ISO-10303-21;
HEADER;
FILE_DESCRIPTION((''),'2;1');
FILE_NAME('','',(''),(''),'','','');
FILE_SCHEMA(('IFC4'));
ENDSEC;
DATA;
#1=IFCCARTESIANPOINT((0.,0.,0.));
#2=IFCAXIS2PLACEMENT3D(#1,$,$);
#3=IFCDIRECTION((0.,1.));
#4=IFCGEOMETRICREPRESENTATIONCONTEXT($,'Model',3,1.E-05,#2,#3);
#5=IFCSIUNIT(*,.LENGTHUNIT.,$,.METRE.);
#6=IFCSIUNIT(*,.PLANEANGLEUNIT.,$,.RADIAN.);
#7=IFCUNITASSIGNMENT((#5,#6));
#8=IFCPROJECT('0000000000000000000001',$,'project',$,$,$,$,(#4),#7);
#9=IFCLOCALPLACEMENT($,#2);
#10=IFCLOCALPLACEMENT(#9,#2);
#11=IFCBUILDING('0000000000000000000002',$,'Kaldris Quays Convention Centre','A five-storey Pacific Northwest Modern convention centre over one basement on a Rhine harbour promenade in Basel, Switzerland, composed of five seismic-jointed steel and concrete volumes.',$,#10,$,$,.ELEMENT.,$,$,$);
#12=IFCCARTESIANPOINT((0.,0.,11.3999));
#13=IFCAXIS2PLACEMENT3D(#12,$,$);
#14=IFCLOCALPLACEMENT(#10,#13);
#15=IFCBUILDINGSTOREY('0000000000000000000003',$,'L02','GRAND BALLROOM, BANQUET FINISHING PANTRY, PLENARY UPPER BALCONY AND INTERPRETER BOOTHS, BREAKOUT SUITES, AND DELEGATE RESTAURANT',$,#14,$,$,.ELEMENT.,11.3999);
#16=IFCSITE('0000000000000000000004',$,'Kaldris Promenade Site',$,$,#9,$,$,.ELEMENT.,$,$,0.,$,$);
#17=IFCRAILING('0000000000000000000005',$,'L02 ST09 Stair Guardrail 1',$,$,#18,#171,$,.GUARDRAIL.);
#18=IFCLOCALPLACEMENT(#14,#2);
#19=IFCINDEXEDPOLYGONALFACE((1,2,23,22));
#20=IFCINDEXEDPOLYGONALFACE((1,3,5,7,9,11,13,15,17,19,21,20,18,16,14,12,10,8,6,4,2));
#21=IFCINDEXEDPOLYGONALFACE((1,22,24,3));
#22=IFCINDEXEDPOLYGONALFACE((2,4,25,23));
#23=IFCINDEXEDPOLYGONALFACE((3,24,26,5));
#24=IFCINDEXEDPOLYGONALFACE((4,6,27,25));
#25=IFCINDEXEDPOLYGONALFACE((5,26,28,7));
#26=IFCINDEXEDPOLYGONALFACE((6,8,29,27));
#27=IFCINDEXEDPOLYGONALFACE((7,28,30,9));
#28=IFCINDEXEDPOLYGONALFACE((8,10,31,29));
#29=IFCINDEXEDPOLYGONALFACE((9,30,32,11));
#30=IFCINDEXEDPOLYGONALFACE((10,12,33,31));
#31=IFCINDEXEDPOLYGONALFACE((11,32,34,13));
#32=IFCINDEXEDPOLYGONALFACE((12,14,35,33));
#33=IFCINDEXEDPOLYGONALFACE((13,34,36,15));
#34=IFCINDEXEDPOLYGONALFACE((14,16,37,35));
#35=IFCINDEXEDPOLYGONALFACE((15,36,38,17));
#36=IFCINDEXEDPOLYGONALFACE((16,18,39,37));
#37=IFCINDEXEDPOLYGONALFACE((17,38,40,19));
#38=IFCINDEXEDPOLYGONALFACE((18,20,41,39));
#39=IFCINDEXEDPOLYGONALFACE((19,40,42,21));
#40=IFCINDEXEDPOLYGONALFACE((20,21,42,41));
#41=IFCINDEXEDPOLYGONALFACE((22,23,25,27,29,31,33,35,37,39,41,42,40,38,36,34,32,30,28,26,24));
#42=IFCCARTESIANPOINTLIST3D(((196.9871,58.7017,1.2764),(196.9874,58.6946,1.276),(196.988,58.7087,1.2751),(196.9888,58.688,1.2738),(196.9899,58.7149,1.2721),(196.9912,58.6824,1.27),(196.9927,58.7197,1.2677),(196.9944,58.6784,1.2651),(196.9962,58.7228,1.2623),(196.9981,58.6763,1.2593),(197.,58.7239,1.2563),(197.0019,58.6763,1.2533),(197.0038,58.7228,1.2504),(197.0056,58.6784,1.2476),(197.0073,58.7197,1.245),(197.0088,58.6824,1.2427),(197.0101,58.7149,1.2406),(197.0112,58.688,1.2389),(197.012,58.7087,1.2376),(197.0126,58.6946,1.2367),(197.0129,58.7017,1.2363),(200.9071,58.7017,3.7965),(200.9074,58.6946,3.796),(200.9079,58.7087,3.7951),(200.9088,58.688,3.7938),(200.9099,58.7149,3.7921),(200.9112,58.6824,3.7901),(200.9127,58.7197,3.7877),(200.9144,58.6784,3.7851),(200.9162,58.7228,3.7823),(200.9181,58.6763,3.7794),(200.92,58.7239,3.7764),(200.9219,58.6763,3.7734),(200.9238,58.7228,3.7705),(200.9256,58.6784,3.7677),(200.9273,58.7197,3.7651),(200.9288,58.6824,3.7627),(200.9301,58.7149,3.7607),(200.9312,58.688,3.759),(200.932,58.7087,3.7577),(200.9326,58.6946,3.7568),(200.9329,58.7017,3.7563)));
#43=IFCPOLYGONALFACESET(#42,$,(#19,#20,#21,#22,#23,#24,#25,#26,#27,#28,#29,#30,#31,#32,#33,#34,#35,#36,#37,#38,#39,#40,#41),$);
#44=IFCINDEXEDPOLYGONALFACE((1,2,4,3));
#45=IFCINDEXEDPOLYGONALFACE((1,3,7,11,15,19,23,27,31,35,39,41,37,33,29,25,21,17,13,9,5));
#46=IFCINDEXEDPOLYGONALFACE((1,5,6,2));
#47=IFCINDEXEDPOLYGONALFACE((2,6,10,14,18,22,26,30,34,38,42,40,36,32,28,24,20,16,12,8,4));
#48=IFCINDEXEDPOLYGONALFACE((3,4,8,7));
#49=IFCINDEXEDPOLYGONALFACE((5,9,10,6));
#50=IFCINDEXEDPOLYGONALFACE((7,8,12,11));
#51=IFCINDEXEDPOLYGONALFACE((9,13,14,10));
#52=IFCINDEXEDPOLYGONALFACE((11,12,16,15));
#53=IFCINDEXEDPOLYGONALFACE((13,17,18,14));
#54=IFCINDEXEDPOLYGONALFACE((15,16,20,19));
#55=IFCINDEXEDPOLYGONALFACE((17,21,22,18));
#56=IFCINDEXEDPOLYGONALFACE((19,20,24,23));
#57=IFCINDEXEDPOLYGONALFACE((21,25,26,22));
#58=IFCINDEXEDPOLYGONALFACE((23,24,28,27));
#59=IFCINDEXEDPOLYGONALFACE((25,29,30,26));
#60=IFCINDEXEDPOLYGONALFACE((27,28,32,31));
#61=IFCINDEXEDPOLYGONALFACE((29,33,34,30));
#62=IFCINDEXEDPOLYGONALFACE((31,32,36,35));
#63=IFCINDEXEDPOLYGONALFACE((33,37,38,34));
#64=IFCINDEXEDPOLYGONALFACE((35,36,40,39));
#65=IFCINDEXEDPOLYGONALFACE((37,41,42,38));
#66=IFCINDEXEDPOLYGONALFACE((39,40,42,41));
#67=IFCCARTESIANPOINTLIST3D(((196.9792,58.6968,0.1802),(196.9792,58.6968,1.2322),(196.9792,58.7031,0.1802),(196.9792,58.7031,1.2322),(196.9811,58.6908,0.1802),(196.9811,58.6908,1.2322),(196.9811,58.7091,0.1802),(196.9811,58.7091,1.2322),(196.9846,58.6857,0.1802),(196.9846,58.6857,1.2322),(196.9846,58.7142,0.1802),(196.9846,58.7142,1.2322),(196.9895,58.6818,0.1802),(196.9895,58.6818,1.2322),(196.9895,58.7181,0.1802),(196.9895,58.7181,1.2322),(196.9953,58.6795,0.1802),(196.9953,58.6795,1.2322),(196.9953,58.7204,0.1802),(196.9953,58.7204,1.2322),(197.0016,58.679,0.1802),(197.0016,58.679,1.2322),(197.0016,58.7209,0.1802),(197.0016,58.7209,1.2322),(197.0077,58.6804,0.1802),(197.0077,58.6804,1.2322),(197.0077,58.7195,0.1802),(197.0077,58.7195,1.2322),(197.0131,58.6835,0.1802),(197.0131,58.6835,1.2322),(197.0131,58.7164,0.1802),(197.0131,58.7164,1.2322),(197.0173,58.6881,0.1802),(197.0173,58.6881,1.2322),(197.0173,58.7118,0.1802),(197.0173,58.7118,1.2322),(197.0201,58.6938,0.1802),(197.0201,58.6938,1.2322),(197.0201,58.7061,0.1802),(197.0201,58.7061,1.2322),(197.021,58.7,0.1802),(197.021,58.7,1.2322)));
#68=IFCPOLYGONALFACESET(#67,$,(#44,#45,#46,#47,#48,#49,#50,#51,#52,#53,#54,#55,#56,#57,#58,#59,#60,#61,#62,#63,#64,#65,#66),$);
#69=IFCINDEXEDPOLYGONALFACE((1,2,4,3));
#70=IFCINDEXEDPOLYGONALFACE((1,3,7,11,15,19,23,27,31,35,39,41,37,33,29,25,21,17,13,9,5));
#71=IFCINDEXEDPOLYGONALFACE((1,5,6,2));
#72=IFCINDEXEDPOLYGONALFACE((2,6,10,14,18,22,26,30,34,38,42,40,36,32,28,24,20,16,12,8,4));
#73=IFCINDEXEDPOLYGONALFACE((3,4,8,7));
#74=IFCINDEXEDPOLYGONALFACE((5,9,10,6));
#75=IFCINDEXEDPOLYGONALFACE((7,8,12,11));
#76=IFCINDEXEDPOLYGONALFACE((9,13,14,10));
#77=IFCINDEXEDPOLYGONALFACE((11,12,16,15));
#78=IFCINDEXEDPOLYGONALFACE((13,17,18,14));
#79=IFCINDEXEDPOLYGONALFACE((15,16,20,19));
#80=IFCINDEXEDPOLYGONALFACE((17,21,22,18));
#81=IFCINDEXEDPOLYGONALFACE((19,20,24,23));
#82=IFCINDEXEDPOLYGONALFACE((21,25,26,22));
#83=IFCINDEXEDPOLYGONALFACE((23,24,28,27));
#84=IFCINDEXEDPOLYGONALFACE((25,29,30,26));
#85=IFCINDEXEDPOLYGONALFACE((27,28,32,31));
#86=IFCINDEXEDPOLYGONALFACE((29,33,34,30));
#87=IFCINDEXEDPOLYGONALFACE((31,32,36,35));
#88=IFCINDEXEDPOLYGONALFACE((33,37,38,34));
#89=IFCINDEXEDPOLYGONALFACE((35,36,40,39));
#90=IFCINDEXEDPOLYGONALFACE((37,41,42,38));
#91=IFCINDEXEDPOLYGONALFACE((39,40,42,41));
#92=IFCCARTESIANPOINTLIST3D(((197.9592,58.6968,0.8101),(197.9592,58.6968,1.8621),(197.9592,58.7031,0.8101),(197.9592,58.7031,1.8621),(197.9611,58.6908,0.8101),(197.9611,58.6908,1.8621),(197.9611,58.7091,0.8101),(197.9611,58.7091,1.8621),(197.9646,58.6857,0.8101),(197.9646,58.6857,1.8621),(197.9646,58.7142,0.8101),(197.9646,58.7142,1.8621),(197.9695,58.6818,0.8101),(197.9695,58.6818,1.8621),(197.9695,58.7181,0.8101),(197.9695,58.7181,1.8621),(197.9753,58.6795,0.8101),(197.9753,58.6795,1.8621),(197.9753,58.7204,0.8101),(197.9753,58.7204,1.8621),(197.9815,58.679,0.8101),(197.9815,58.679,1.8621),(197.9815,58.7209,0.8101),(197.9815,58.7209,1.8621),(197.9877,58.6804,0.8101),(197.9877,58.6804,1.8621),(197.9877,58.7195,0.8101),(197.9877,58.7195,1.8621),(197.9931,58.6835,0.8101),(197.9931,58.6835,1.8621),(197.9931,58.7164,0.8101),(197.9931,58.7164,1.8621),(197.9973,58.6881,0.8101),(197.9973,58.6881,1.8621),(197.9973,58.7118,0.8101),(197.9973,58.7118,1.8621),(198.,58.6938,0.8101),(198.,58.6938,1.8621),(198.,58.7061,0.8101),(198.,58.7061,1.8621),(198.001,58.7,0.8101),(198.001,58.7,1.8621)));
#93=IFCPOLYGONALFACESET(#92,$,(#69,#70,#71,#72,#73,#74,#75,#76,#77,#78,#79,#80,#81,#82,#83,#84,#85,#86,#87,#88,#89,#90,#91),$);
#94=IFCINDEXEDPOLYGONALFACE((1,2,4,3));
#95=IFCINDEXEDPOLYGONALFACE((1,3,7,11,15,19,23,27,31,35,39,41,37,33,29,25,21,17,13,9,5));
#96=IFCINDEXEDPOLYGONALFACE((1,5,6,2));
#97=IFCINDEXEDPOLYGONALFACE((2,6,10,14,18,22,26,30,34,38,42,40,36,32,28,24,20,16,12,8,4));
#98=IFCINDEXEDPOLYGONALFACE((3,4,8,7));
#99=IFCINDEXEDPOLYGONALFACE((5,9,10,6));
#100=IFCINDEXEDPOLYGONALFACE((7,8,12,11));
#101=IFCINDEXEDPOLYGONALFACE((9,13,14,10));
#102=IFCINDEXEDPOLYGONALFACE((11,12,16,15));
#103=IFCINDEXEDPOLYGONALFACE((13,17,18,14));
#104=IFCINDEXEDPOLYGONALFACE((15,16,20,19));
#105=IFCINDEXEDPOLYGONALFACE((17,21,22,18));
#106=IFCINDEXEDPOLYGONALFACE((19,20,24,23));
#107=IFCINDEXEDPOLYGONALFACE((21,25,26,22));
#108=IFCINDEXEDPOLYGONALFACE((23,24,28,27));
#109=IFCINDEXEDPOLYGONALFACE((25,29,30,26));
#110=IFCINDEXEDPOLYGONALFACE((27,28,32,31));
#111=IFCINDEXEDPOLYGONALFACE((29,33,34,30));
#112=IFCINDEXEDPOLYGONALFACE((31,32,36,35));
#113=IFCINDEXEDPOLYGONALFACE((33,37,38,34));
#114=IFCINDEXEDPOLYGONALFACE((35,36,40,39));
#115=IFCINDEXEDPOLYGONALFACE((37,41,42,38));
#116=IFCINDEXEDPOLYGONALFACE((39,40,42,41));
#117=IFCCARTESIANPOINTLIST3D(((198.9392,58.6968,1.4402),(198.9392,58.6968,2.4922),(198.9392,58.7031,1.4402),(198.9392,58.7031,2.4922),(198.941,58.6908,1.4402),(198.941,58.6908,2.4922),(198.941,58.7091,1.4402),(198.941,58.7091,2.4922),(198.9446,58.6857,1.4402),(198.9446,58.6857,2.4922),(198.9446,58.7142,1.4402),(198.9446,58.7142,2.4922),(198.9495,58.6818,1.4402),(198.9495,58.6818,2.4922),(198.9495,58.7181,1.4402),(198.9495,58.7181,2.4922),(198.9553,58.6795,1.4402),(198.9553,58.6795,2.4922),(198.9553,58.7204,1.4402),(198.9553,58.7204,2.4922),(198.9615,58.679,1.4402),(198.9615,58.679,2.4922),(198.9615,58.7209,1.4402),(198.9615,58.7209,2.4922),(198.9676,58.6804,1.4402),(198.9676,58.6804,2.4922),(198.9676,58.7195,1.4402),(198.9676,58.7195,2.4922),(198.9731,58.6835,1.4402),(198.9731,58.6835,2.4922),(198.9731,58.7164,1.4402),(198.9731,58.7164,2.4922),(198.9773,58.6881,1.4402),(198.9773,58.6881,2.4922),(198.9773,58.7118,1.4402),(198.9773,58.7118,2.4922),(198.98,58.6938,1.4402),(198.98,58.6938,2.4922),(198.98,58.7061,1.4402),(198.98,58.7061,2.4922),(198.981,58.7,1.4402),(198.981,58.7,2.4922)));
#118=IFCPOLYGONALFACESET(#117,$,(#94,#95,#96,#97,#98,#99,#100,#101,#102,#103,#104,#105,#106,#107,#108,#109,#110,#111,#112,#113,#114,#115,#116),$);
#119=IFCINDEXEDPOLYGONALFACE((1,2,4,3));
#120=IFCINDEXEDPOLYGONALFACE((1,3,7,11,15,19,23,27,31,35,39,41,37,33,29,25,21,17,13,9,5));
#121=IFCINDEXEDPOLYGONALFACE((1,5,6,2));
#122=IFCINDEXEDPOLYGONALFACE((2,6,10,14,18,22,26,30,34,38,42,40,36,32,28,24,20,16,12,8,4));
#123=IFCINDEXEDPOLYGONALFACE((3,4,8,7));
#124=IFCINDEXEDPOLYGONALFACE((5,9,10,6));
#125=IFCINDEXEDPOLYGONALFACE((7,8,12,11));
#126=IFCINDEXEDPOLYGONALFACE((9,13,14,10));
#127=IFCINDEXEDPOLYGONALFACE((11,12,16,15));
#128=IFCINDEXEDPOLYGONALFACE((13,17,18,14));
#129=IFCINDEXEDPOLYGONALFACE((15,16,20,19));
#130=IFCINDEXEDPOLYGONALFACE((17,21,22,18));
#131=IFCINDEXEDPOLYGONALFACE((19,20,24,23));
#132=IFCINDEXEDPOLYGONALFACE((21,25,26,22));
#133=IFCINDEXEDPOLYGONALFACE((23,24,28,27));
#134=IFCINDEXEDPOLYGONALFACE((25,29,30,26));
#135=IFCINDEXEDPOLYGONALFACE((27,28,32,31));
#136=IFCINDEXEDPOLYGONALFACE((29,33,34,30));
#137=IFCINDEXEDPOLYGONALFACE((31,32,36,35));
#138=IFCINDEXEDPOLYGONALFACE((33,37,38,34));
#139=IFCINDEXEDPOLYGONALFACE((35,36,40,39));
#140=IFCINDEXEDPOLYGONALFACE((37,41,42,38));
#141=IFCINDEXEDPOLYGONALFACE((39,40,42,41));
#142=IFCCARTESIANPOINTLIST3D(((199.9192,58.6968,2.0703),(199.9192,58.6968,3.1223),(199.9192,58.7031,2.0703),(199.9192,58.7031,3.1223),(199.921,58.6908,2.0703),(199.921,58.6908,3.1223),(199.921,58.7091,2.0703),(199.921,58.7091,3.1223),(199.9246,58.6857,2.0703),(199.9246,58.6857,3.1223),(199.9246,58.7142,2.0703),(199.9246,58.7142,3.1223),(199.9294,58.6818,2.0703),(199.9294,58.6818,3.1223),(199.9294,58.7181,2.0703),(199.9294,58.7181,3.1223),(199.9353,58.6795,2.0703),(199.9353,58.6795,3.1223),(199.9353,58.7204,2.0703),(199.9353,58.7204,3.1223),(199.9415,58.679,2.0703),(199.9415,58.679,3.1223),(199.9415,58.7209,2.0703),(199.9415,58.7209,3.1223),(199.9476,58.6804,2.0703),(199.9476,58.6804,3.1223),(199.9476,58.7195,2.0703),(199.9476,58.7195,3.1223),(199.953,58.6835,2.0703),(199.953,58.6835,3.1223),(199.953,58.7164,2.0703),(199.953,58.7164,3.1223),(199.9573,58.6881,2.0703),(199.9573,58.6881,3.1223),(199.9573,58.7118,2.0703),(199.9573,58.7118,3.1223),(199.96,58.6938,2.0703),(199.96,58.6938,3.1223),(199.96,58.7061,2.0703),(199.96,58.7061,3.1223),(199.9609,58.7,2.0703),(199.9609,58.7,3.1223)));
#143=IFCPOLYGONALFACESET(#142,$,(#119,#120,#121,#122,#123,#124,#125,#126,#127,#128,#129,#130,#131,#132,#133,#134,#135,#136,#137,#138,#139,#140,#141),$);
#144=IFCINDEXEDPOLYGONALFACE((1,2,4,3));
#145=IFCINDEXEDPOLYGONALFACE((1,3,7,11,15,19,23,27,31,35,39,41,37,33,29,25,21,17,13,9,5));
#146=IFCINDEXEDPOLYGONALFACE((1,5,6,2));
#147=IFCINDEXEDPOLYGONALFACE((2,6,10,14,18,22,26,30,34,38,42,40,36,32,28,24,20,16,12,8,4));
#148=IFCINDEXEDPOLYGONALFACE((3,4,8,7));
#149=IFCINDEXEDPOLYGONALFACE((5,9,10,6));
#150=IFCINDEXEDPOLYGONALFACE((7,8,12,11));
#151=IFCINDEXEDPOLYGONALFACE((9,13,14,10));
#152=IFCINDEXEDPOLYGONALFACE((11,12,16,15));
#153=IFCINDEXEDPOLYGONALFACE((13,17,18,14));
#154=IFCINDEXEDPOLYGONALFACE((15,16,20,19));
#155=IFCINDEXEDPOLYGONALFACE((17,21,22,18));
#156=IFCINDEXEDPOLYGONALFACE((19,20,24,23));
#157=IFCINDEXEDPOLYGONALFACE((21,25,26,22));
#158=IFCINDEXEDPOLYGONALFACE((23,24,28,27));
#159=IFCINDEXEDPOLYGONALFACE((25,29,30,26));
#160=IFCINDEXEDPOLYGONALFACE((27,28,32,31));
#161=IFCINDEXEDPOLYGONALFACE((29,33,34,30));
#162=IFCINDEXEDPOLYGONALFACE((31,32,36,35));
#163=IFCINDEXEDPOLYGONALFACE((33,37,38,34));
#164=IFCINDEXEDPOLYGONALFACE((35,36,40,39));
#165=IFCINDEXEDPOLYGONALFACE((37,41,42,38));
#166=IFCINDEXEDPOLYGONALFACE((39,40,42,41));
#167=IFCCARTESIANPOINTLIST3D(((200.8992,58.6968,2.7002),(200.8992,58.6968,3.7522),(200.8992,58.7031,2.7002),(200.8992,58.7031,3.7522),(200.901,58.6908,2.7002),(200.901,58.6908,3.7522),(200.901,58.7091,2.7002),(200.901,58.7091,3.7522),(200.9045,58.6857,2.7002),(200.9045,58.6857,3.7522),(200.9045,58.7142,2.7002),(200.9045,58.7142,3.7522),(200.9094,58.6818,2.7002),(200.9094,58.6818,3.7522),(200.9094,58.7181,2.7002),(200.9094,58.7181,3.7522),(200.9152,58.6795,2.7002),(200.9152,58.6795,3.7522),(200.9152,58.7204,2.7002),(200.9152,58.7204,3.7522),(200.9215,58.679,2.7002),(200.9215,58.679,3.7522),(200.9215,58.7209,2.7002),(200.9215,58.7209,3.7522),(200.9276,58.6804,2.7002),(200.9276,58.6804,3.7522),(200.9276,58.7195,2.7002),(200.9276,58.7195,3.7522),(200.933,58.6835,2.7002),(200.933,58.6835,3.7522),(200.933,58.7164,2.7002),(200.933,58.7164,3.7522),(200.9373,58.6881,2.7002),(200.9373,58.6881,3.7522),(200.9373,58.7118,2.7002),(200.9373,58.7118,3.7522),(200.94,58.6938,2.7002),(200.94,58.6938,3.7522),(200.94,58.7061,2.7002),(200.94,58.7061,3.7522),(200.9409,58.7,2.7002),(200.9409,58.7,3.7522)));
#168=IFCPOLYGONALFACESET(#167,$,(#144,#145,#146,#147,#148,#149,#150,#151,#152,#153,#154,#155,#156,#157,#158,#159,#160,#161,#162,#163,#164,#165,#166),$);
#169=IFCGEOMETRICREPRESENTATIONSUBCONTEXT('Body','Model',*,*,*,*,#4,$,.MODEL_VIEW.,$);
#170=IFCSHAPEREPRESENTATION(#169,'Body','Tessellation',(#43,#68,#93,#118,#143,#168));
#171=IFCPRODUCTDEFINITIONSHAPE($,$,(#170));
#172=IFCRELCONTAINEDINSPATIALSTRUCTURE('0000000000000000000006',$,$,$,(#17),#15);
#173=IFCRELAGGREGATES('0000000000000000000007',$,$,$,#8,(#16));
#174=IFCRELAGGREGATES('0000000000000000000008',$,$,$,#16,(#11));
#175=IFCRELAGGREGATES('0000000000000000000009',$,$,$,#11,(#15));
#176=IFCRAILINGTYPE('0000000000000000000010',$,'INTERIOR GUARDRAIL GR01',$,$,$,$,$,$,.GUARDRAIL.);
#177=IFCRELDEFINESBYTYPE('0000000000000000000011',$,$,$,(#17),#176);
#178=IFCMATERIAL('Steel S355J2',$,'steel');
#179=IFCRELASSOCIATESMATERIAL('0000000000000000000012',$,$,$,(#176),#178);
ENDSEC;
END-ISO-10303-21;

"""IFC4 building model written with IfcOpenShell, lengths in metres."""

from ifc_helpers import new_model, si_unit, direction, frame, origin, origin_2d, place, context, subcontext, project, spatial, circle, extrude, material, type_object, element, save


model = new_model("IFC4")

# Units and contexts
model_context = context("Model", 3, precision=1e-05, world=origin(), true_north=direction((0.0, 1.0)))
body_context = subcontext(model_context, "Body", "Model", "MODEL_VIEW")
ifc_project = project(units=[si_unit("LENGTHUNIT", "METRE"), si_unit("PLANEANGLEUNIT", "RADIAN")], contexts=[model_context])

# Site, building, storey
site_placement = place(None, origin())
site = spatial("IfcSite", under=ifc_project, at=site_placement, Name="Kaldris Promenade Site", CompositionType="ELEMENT", RefElevation=0.0)
building_placement = place(site_placement, origin())
building = spatial("IfcBuilding", under=site, at=building_placement, Name="Kaldris Quays Convention Centre", Description="A five-storey Pacific Northwest Modern convention centre over one basement on a Rhine harbour promenade in Basel, Switzerland, composed of five seismic-jointed steel and concrete volumes.", CompositionType="ELEMENT")
storey_placement = place(building_placement, frame((0.0, 0.0, 11.3999)))
storey = spatial("IfcBuildingStorey", under=building, at=storey_placement, Name="L02", Description="GRAND BALLROOM, BANQUET FINISHING PANTRY, PLENARY UPPER BALCONY AND INTERPRETER BOOTHS, BREAKOUT SUITES, AND DELEGATE RESTAURANT", CompositionType="ELEMENT", Elevation=11.3999)

# Shared definitions
ifc_material_1 = material(Name="Steel S355J2", Category="steel")

# Railing
railing_type_1 = type_object("IfcRailingType", Name="INTERIOR GUARDRAIL GR01", PredefinedType="GUARDRAIL", material=ifc_material_1)
railing_1_placement = place(storey_placement, frame((197.0, 58.7, 0.1802)))
element("IfcRailing", 1, at=railing_1_placement, inside=storey, type_object=railing_type_1, Name="L02 ST09 Stair Guardrail 1", PredefinedType="GUARDRAIL", context=body_context, shape_type="SweptSolid", body=[
    extrude(circle(Radius=0.0239, at=origin_2d()), frame((0.0, 0.0, 1.0762), z_axis=(0.841172, 0.0, 0.540768), x_axis=(0.0, 1.0, 0.0)), (0.0, 0.0, 1.0), 4.6602),
    extrude(circle(Radius=0.021, at=origin_2d()), origin(), (0.0, 0.0, 1.0), 1.052),
    extrude(circle(Radius=0.021, at=origin_2d()), frame((0.98, 0.0, 0.6299)), (0.0, 0.0, 1.0), 1.052),
    extrude(circle(Radius=0.021, at=origin_2d()), frame((1.96, 0.0, 1.26)), (0.0, 0.0, 1.0), 1.052),
    extrude(circle(Radius=0.021, at=origin_2d()), frame((2.9399, 0.0, 1.8901)), (0.0, 0.0, 1.0), 1.052),
    extrude(circle(Radius=0.021, at=origin_2d()), frame((3.9199, 0.0, 2.52)), (0.0, 0.0, 1.0), 1.052),
])

save(model, "model.ifc")
